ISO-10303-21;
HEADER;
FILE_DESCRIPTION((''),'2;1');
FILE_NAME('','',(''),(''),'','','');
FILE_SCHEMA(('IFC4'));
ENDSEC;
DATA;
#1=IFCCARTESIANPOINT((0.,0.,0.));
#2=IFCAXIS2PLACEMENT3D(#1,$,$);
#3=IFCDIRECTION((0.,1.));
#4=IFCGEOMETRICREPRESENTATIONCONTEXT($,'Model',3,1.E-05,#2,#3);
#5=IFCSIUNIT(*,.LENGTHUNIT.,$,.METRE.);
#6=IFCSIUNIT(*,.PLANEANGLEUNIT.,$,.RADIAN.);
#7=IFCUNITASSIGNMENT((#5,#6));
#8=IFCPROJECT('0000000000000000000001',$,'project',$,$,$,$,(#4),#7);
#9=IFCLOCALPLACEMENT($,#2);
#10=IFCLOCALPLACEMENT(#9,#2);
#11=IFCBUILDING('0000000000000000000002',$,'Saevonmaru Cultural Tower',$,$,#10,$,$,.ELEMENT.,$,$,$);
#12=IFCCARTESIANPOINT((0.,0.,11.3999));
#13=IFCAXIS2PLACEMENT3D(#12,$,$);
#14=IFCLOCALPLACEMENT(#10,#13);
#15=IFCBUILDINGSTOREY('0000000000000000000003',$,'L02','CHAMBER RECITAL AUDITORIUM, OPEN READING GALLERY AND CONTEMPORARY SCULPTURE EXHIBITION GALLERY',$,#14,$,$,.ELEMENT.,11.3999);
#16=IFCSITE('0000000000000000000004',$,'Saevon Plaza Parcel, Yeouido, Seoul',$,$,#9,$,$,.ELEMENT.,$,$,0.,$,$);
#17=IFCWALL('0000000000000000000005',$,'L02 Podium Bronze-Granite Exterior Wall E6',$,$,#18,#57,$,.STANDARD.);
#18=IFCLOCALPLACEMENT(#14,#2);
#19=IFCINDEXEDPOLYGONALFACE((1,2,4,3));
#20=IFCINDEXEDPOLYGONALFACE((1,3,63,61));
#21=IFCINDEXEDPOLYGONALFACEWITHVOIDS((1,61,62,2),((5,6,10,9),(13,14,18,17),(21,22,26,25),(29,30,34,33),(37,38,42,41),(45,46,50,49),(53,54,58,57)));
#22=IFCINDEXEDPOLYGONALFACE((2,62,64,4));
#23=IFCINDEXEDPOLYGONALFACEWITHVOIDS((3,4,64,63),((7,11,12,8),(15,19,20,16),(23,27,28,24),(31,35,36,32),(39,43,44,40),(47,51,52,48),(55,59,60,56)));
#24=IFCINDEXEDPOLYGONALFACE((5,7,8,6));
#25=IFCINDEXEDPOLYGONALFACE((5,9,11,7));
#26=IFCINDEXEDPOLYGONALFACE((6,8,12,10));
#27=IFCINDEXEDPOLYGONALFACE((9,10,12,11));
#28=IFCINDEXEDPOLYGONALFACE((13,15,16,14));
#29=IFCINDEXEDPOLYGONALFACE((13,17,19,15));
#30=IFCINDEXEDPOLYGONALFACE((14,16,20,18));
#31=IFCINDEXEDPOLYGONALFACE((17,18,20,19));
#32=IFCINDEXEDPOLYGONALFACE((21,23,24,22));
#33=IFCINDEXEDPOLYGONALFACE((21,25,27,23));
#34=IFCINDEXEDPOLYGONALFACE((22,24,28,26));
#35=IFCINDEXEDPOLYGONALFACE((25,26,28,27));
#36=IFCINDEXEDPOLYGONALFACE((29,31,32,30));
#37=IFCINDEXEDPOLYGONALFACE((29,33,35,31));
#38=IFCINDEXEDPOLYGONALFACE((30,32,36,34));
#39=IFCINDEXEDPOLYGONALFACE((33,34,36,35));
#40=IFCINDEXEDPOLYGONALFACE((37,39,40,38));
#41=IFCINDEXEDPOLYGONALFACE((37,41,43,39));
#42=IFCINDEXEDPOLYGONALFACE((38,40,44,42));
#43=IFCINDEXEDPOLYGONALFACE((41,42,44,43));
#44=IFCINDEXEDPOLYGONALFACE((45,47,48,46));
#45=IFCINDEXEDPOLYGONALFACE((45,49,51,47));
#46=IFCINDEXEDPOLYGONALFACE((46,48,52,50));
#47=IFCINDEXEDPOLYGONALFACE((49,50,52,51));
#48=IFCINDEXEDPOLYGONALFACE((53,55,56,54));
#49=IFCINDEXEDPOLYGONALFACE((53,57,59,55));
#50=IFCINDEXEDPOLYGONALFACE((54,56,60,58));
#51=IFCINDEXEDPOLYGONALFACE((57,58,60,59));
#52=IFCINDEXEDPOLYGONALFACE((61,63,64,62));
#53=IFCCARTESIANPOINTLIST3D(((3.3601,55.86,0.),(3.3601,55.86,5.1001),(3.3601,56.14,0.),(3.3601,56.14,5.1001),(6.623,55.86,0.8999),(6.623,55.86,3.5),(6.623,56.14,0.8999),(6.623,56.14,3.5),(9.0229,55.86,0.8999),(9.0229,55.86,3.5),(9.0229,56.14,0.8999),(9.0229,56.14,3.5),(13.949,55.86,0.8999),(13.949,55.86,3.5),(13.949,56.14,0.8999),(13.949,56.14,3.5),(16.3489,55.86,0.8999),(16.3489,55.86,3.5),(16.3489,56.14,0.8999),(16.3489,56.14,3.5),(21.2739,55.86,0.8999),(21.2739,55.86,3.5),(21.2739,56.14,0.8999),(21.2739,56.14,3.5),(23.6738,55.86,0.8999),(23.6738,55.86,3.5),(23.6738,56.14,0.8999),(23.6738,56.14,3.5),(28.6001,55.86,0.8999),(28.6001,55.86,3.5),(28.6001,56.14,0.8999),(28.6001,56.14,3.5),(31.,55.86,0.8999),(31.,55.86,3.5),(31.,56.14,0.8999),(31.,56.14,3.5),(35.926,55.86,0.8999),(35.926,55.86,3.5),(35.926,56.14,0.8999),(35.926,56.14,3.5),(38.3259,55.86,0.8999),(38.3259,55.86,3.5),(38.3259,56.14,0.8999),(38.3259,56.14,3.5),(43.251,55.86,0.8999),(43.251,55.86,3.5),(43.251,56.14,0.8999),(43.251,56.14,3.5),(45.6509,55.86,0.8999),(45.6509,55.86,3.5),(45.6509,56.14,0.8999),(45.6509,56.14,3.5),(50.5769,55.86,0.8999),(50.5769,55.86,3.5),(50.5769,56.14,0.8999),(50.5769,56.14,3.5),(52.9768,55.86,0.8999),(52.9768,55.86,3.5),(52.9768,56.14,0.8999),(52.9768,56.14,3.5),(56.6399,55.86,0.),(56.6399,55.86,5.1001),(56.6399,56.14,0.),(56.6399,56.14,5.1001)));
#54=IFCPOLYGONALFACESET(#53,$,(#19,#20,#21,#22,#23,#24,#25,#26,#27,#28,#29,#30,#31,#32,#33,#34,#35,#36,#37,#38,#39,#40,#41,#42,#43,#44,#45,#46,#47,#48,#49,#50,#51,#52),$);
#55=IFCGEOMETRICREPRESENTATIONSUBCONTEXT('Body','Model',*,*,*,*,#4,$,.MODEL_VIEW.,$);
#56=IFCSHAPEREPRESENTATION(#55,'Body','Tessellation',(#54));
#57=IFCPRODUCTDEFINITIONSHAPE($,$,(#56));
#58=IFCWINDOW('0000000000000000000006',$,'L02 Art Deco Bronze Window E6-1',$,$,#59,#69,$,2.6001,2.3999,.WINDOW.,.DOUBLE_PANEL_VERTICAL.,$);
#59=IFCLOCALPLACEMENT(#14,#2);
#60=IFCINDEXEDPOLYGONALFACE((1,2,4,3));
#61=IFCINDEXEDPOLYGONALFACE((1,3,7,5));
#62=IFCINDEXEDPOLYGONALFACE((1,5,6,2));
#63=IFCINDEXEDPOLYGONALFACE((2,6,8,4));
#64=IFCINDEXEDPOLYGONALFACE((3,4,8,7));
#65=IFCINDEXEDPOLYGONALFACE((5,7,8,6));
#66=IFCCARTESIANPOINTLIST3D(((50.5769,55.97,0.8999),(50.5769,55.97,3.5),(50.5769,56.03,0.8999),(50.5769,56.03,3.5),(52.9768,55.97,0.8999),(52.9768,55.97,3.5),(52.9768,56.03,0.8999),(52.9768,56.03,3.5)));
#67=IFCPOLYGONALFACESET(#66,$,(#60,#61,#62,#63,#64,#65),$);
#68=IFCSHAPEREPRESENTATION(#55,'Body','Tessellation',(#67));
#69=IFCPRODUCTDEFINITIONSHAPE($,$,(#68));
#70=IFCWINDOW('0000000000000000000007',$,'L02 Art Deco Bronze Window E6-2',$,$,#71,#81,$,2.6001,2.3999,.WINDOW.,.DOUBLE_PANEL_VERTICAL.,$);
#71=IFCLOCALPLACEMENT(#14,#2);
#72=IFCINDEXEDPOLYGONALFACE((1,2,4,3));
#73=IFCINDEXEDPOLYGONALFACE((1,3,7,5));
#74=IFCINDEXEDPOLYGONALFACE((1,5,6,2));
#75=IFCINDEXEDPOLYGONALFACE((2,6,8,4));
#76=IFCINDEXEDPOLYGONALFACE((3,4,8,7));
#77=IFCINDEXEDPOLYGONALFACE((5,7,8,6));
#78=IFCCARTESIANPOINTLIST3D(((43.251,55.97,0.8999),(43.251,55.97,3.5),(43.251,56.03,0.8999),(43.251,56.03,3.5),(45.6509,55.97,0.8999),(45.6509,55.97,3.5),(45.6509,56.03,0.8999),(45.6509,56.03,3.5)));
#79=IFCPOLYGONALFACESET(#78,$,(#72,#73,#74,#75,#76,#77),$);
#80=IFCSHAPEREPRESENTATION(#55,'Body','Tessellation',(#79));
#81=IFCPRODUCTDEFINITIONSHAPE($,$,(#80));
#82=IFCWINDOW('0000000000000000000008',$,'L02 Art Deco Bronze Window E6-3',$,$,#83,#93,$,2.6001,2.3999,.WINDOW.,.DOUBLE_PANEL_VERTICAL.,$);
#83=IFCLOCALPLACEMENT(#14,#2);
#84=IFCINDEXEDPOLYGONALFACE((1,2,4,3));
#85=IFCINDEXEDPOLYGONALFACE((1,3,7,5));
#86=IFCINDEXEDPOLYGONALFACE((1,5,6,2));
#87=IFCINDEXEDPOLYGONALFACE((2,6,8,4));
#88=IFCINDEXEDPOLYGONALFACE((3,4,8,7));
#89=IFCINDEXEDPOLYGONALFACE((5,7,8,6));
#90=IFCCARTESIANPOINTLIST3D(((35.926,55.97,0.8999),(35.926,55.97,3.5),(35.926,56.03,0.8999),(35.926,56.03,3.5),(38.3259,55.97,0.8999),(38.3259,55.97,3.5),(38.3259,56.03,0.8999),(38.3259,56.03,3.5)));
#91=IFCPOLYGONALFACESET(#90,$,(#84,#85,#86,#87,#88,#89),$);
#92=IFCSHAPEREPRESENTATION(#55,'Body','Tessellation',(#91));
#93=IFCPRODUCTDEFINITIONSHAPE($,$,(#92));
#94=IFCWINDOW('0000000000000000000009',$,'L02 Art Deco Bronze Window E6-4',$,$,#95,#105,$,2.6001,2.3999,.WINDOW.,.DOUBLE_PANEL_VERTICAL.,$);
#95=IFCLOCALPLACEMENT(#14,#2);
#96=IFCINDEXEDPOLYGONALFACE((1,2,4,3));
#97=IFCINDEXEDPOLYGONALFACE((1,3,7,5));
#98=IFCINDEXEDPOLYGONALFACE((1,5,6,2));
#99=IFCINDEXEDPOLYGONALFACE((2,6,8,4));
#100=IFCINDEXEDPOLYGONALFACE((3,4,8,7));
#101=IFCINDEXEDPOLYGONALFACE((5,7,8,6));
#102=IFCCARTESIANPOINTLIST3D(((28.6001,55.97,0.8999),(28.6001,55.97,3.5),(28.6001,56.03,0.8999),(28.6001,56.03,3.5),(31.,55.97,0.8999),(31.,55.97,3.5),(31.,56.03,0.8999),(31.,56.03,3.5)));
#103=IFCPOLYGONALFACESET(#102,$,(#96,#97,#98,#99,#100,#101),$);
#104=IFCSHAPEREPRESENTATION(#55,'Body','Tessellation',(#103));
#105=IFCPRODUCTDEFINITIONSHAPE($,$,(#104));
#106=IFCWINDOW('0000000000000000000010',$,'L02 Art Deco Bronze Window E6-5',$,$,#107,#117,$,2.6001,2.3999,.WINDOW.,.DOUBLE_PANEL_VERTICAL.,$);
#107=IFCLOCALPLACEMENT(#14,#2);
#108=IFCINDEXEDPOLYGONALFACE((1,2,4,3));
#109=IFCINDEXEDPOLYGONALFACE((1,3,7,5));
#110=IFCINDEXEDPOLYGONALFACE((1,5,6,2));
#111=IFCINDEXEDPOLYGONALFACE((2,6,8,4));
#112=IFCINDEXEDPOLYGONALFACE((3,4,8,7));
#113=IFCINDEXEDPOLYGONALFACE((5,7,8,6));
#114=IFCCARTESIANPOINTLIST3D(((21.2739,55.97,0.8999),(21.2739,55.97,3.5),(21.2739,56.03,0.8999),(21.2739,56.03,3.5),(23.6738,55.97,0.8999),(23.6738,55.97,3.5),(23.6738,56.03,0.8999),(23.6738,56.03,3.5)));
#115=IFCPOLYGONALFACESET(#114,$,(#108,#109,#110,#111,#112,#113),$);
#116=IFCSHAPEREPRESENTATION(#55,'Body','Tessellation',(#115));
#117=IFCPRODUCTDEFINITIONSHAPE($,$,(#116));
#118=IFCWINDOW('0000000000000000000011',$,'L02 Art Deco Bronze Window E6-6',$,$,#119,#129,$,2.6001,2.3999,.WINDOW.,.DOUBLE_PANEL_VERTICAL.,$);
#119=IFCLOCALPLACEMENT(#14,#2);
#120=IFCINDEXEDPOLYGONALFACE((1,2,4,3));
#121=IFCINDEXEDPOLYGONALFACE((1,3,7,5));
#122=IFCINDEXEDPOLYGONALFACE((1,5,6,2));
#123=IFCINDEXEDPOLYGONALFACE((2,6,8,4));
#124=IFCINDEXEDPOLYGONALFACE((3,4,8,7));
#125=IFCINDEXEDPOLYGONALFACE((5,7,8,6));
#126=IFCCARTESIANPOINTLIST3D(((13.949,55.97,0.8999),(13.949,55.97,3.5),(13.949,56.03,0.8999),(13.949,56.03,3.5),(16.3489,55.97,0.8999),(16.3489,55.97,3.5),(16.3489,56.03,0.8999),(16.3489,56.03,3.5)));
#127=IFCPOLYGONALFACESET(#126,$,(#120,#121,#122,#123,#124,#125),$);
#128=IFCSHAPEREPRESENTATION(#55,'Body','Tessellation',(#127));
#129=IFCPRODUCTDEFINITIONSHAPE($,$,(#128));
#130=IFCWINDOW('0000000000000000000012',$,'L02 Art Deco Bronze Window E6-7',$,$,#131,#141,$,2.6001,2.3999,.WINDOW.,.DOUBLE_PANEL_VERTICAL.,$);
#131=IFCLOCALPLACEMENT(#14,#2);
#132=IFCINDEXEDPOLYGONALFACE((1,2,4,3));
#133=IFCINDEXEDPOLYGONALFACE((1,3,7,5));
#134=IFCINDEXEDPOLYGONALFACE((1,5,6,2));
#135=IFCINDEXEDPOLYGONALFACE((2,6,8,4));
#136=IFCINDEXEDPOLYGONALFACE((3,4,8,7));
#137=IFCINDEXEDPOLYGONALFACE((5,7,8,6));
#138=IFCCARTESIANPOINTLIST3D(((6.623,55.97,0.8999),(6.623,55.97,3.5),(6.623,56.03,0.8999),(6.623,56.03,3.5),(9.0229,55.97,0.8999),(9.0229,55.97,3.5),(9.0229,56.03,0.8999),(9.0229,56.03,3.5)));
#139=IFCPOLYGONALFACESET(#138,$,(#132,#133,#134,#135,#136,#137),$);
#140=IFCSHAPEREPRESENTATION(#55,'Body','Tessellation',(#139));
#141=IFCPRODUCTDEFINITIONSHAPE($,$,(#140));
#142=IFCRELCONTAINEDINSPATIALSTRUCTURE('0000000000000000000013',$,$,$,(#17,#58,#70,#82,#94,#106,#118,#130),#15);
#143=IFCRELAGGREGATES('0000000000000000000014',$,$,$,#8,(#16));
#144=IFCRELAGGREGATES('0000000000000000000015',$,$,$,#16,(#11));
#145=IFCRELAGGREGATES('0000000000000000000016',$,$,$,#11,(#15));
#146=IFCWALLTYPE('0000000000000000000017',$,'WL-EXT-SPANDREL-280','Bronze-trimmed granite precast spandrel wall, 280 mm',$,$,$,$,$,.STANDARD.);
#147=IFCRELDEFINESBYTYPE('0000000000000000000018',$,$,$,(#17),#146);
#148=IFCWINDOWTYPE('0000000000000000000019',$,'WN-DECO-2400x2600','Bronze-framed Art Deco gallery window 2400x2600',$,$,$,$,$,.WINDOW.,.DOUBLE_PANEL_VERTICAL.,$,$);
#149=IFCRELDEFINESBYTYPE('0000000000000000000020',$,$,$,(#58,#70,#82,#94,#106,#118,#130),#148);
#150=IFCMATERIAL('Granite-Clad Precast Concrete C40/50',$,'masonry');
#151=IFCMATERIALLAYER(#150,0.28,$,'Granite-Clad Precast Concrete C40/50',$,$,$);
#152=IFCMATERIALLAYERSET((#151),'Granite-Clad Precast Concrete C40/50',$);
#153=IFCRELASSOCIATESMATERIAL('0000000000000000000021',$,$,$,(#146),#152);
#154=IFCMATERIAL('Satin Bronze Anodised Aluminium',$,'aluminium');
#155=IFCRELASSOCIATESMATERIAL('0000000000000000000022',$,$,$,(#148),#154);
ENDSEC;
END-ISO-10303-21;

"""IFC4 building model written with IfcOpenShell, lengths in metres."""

from ifc_helpers import new_model, si_unit, direction, frame, frame_2d, origin, place, context, subcontext, project, spatial, rectangle, extrude, material, layer, layer_set, type_object, element, fill, save


model = new_model("IFC4")

# Units and contexts
model_context = context("Model", 3, precision=1e-05, world=origin(), true_north=direction((0.0, 1.0)))
body_context = subcontext(model_context, "Body", "Model", "MODEL_VIEW")
ifc_project = project(units=[si_unit("LENGTHUNIT", "METRE"), si_unit("PLANEANGLEUNIT", "RADIAN")], contexts=[model_context])

# Site, building, storey
site_placement = place(None, origin())
site = spatial("IfcSite", under=ifc_project, at=site_placement, Name="Saevon Plaza Parcel, Yeouido, Seoul", CompositionType="ELEMENT", RefElevation=0.0)
building_placement = place(site_placement, origin())
building = spatial("IfcBuilding", under=site, at=building_placement, Name="Saevonmaru Cultural Tower", CompositionType="ELEMENT")
storey_placement = place(building_placement, frame((0.0, 0.0, 11.3999)))
storey = spatial("IfcBuildingStorey", under=building, at=storey_placement, Name="L02", Description="CHAMBER RECITAL AUDITORIUM, OPEN READING GALLERY AND CONTEMPORARY SCULPTURE EXHIBITION GALLERY", CompositionType="ELEMENT", Elevation=11.3999)

# Shared definitions
ifc_material_1 = material(Name="Satin Bronze Anodised Aluminium", Category="aluminium")

# Shared definitions
ifc_material_2 = material(Name="Granite-Clad Precast Concrete C40/50", Category="masonry")

# Wall, openings, windows
ifc_layer_1 = layer(ifc_material_2, 0.28, Name="Granite-Clad Precast Concrete C40/50")
ifc_layer_set_1 = layer_set([ifc_layer_1], Name="Granite-Clad Precast Concrete C40/50")
wall_type_1 = type_object("IfcWallType", Name="WL-EXT-SPANDREL-280", Description="Bronze-trimmed granite precast spandrel wall, 280 mm", PredefinedType="STANDARD", material=ifc_layer_set_1)
wall_1_placement = place(storey_placement, frame((56.6399, 56.0, 0.0), z_axis=(0.0, 0.0, 1.0), x_axis=(-1.0, 0.0, 0.0)))
wall_1 = element("IfcWall", 1, at=wall_1_placement, inside=storey, type_object=wall_type_1, Name="L02 Podium Bronze-Granite Exterior Wall E6", PredefinedType="STANDARD", context=body_context, shape_type="SweptSolid", body=[
    extrude(rectangle(XDim=53.2798, YDim=0.28, at=frame_2d((26.6399, 0.0))), origin(), (0.0, 0.0, 1.0), 5.1001),
])
opening_1_placement = place(wall_1_placement, frame((3.6631, 0.0, 0.8999)))
opening_1 = element("IfcOpeningElement", 2, at=opening_1_placement, cuts=wall_1, PredefinedType="OPENING", context=body_context, shape_type="SweptSolid", body=[
    extrude(rectangle(XDim=2.3999, YDim=2.6001, at=frame_2d((1.2, 1.3))), frame((0.0, 0.1499, 0.0), z_axis=(0.0, -1.0, 0.0), x_axis=(1.0, 0.0, 0.0)), (0.0, 0.0, 1.0), 0.3),
])
opening_2_placement = place(wall_1_placement, frame((10.989, 0.0, 0.8999)))
opening_2 = element("IfcOpeningElement", 3, at=opening_2_placement, cuts=wall_1, PredefinedType="OPENING", context=body_context, shape_type="SweptSolid", body=[
    extrude(rectangle(XDim=2.3999, YDim=2.6001, at=frame_2d((1.2, 1.3))), frame((0.0, 0.1499, 0.0), z_axis=(0.0, -1.0, 0.0), x_axis=(1.0, 0.0, 0.0)), (0.0, 0.0, 1.0), 0.3),
])
opening_3_placement = place(wall_1_placement, frame((18.314, 0.0, 0.8999)))
opening_3 = element("IfcOpeningElement", 4, at=opening_3_placement, cuts=wall_1, PredefinedType="OPENING", context=body_context, shape_type="SweptSolid", body=[
    extrude(rectangle(XDim=2.3999, YDim=2.6001, at=frame_2d((1.2, 1.3))), frame((0.0, 0.1499, 0.0), z_axis=(0.0, -1.0, 0.0), x_axis=(1.0, 0.0, 0.0)), (0.0, 0.0, 1.0), 0.3),
])
opening_4_placement = place(wall_1_placement, frame((25.6399, 0.0, 0.8999)))
opening_4 = element("IfcOpeningElement", 5, at=opening_4_placement, cuts=wall_1, PredefinedType="OPENING", context=body_context, shape_type="SweptSolid", body=[
    extrude(rectangle(XDim=2.3999, YDim=2.6001, at=frame_2d((1.2, 1.3))), frame((0.0, 0.1499, 0.0), z_axis=(0.0, -1.0, 0.0), x_axis=(1.0, 0.0, 0.0)), (0.0, 0.0, 1.0), 0.3),
])
opening_5_placement = place(wall_1_placement, frame((32.9661, 0.0, 0.8999)))
opening_5 = element("IfcOpeningElement", 6, at=opening_5_placement, cuts=wall_1, PredefinedType="OPENING", context=body_context, shape_type="SweptSolid", body=[
    extrude(rectangle(XDim=2.3999, YDim=2.6001, at=frame_2d((1.2, 1.3))), frame((0.0, 0.1499, 0.0), z_axis=(0.0, -1.0, 0.0), x_axis=(1.0, 0.0, 0.0)), (0.0, 0.0, 1.0), 0.3),
])
opening_6_placement = place(wall_1_placement, frame((40.291, 0.0, 0.8999)))
opening_6 = element("IfcOpeningElement", 7, at=opening_6_placement, cuts=wall_1, PredefinedType="OPENING", context=body_context, shape_type="SweptSolid", body=[
    extrude(rectangle(XDim=2.3999, YDim=2.6001, at=frame_2d((1.2, 1.3))), frame((0.0, 0.1499, 0.0), z_axis=(0.0, -1.0, 0.0), x_axis=(1.0, 0.0, 0.0)), (0.0, 0.0, 1.0), 0.3),
])
opening_7_placement = place(wall_1_placement, frame((47.6169, 0.0, 0.8999)))
opening_7 = element("IfcOpeningElement", 8, at=opening_7_placement, cuts=wall_1, PredefinedType="OPENING", context=body_context, shape_type="SweptSolid", body=[
    extrude(rectangle(XDim=2.3999, YDim=2.6001, at=frame_2d((1.2, 1.3))), frame((0.0, 0.1499, 0.0), z_axis=(0.0, -1.0, 0.0), x_axis=(1.0, 0.0, 0.0)), (0.0, 0.0, 1.0), 0.3),
])
window_type_1 = type_object("IfcWindowType", Name="WN-DECO-2400x2600", Description="Bronze-framed Art Deco gallery window 2400x2600", PartitioningType="DOUBLE_PANEL_VERTICAL", PredefinedType="WINDOW", material=ifc_material_1)
window_1_placement = place(opening_1_placement, origin())
window_1 = element("IfcWindow", 9, at=window_1_placement, inside=storey, type_object=window_type_1, Name="L02 Art Deco Bronze Window E6-1", OverallHeight=2.6001, OverallWidth=2.3999, PartitioningType="DOUBLE_PANEL_VERTICAL", PredefinedType="WINDOW", context=body_context, shape_type="SweptSolid", body=[
    extrude(rectangle(XDim=2.3999, YDim=2.6001, at=frame_2d((1.2, 1.3))), frame((0.0, 0.03, 0.0), z_axis=(0.0, -1.0, 0.0), x_axis=(1.0, 0.0, 0.0)), (0.0, 0.0, 1.0), 0.0601),
])
fill(opening_1, window_1)
window_2_placement = place(opening_2_placement, origin())
window_2 = element("IfcWindow", 10, at=window_2_placement, inside=storey, type_object=window_type_1, Name="L02 Art Deco Bronze Window E6-2", OverallHeight=2.6001, OverallWidth=2.3999, PartitioningType="DOUBLE_PANEL_VERTICAL", PredefinedType="WINDOW", context=body_context, shape_type="SweptSolid", body=[
    extrude(rectangle(XDim=2.3999, YDim=2.6001, at=frame_2d((1.2, 1.3))), frame((0.0, 0.03, 0.0), z_axis=(0.0, -1.0, 0.0), x_axis=(1.0, 0.0, 0.0)), (0.0, 0.0, 1.0), 0.0601),
])
fill(opening_2, window_2)
window_3_placement = place(opening_3_placement, origin())
window_3 = element("IfcWindow", 11, at=window_3_placement, inside=storey, type_object=window_type_1, Name="L02 Art Deco Bronze Window E6-3", OverallHeight=2.6001, OverallWidth=2.3999, PartitioningType="DOUBLE_PANEL_VERTICAL", PredefinedType="WINDOW", context=body_context, shape_type="SweptSolid", body=[
    extrude(rectangle(XDim=2.3999, YDim=2.6001, at=frame_2d((1.2, 1.3))), frame((0.0, 0.03, 0.0), z_axis=(0.0, -1.0, 0.0), x_axis=(1.0, 0.0, 0.0)), (0.0, 0.0, 1.0), 0.0601),
])
fill(opening_3, window_3)
window_4_placement = place(opening_4_placement, origin())
window_4 = element("IfcWindow", 12, at=window_4_placement, inside=storey, type_object=window_type_1, Name="L02 Art Deco Bronze Window E6-4", OverallHeight=2.6001, OverallWidth=2.3999, PartitioningType="DOUBLE_PANEL_VERTICAL", PredefinedType="WINDOW", context=body_context, shape_type="SweptSolid", body=[
    extrude(rectangle(XDim=2.3999, YDim=2.6001, at=frame_2d((1.2, 1.3))), frame((0.0, 0.03, 0.0), z_axis=(0.0, -1.0, 0.0), x_axis=(1.0, 0.0, 0.0)), (0.0, 0.0, 1.0), 0.0601),
])
fill(opening_4, window_4)
window_5_placement = place(opening_5_placement, origin())
window_5 = element("IfcWindow", 13, at=window_5_placement, inside=storey, type_object=window_type_1, Name="L02 Art Deco Bronze Window E6-5", OverallHeight=2.6001, OverallWidth=2.3999, PartitioningType="DOUBLE_PANEL_VERTICAL", PredefinedType="WINDOW", context=body_context, shape_type="SweptSolid", body=[
    extrude(rectangle(XDim=2.3999, YDim=2.6001, at=frame_2d((1.2, 1.3))), frame((0.0, 0.03, 0.0), z_axis=(0.0, -1.0, 0.0), x_axis=(1.0, 0.0, 0.0)), (0.0, 0.0, 1.0), 0.0601),
])
fill(opening_5, window_5)
window_6_placement = place(opening_6_placement, origin())
window_6 = element("IfcWindow", 14, at=window_6_placement, inside=storey, type_object=window_type_1, Name="L02 Art Deco Bronze Window E6-6", OverallHeight=2.6001, OverallWidth=2.3999, PartitioningType="DOUBLE_PANEL_VERTICAL", PredefinedType="WINDOW", context=body_context, shape_type="SweptSolid", body=[
    extrude(rectangle(XDim=2.3999, YDim=2.6001, at=frame_2d((1.2, 1.3))), frame((0.0, 0.03, 0.0), z_axis=(0.0, -1.0, 0.0), x_axis=(1.0, 0.0, 0.0)), (0.0, 0.0, 1.0), 0.0601),
])
fill(opening_6, window_6)
window_7_placement = place(opening_7_placement, origin())
window_7 = element("IfcWindow", 15, at=window_7_placement, inside=storey, type_object=window_type_1, Name="L02 Art Deco Bronze Window E6-7", OverallHeight=2.6001, OverallWidth=2.3999, PartitioningType="DOUBLE_PANEL_VERTICAL", PredefinedType="WINDOW", context=body_context, shape_type="SweptSolid", body=[
    extrude(rectangle(XDim=2.3999, YDim=2.6001, at=frame_2d((1.2, 1.3))), frame((0.0, 0.03, 0.0), z_axis=(0.0, -1.0, 0.0), x_axis=(1.0, 0.0, 0.0)), (0.0, 0.0, 1.0), 0.0601),
])
fill(opening_7, window_7)

save(model, "model.ifc")
